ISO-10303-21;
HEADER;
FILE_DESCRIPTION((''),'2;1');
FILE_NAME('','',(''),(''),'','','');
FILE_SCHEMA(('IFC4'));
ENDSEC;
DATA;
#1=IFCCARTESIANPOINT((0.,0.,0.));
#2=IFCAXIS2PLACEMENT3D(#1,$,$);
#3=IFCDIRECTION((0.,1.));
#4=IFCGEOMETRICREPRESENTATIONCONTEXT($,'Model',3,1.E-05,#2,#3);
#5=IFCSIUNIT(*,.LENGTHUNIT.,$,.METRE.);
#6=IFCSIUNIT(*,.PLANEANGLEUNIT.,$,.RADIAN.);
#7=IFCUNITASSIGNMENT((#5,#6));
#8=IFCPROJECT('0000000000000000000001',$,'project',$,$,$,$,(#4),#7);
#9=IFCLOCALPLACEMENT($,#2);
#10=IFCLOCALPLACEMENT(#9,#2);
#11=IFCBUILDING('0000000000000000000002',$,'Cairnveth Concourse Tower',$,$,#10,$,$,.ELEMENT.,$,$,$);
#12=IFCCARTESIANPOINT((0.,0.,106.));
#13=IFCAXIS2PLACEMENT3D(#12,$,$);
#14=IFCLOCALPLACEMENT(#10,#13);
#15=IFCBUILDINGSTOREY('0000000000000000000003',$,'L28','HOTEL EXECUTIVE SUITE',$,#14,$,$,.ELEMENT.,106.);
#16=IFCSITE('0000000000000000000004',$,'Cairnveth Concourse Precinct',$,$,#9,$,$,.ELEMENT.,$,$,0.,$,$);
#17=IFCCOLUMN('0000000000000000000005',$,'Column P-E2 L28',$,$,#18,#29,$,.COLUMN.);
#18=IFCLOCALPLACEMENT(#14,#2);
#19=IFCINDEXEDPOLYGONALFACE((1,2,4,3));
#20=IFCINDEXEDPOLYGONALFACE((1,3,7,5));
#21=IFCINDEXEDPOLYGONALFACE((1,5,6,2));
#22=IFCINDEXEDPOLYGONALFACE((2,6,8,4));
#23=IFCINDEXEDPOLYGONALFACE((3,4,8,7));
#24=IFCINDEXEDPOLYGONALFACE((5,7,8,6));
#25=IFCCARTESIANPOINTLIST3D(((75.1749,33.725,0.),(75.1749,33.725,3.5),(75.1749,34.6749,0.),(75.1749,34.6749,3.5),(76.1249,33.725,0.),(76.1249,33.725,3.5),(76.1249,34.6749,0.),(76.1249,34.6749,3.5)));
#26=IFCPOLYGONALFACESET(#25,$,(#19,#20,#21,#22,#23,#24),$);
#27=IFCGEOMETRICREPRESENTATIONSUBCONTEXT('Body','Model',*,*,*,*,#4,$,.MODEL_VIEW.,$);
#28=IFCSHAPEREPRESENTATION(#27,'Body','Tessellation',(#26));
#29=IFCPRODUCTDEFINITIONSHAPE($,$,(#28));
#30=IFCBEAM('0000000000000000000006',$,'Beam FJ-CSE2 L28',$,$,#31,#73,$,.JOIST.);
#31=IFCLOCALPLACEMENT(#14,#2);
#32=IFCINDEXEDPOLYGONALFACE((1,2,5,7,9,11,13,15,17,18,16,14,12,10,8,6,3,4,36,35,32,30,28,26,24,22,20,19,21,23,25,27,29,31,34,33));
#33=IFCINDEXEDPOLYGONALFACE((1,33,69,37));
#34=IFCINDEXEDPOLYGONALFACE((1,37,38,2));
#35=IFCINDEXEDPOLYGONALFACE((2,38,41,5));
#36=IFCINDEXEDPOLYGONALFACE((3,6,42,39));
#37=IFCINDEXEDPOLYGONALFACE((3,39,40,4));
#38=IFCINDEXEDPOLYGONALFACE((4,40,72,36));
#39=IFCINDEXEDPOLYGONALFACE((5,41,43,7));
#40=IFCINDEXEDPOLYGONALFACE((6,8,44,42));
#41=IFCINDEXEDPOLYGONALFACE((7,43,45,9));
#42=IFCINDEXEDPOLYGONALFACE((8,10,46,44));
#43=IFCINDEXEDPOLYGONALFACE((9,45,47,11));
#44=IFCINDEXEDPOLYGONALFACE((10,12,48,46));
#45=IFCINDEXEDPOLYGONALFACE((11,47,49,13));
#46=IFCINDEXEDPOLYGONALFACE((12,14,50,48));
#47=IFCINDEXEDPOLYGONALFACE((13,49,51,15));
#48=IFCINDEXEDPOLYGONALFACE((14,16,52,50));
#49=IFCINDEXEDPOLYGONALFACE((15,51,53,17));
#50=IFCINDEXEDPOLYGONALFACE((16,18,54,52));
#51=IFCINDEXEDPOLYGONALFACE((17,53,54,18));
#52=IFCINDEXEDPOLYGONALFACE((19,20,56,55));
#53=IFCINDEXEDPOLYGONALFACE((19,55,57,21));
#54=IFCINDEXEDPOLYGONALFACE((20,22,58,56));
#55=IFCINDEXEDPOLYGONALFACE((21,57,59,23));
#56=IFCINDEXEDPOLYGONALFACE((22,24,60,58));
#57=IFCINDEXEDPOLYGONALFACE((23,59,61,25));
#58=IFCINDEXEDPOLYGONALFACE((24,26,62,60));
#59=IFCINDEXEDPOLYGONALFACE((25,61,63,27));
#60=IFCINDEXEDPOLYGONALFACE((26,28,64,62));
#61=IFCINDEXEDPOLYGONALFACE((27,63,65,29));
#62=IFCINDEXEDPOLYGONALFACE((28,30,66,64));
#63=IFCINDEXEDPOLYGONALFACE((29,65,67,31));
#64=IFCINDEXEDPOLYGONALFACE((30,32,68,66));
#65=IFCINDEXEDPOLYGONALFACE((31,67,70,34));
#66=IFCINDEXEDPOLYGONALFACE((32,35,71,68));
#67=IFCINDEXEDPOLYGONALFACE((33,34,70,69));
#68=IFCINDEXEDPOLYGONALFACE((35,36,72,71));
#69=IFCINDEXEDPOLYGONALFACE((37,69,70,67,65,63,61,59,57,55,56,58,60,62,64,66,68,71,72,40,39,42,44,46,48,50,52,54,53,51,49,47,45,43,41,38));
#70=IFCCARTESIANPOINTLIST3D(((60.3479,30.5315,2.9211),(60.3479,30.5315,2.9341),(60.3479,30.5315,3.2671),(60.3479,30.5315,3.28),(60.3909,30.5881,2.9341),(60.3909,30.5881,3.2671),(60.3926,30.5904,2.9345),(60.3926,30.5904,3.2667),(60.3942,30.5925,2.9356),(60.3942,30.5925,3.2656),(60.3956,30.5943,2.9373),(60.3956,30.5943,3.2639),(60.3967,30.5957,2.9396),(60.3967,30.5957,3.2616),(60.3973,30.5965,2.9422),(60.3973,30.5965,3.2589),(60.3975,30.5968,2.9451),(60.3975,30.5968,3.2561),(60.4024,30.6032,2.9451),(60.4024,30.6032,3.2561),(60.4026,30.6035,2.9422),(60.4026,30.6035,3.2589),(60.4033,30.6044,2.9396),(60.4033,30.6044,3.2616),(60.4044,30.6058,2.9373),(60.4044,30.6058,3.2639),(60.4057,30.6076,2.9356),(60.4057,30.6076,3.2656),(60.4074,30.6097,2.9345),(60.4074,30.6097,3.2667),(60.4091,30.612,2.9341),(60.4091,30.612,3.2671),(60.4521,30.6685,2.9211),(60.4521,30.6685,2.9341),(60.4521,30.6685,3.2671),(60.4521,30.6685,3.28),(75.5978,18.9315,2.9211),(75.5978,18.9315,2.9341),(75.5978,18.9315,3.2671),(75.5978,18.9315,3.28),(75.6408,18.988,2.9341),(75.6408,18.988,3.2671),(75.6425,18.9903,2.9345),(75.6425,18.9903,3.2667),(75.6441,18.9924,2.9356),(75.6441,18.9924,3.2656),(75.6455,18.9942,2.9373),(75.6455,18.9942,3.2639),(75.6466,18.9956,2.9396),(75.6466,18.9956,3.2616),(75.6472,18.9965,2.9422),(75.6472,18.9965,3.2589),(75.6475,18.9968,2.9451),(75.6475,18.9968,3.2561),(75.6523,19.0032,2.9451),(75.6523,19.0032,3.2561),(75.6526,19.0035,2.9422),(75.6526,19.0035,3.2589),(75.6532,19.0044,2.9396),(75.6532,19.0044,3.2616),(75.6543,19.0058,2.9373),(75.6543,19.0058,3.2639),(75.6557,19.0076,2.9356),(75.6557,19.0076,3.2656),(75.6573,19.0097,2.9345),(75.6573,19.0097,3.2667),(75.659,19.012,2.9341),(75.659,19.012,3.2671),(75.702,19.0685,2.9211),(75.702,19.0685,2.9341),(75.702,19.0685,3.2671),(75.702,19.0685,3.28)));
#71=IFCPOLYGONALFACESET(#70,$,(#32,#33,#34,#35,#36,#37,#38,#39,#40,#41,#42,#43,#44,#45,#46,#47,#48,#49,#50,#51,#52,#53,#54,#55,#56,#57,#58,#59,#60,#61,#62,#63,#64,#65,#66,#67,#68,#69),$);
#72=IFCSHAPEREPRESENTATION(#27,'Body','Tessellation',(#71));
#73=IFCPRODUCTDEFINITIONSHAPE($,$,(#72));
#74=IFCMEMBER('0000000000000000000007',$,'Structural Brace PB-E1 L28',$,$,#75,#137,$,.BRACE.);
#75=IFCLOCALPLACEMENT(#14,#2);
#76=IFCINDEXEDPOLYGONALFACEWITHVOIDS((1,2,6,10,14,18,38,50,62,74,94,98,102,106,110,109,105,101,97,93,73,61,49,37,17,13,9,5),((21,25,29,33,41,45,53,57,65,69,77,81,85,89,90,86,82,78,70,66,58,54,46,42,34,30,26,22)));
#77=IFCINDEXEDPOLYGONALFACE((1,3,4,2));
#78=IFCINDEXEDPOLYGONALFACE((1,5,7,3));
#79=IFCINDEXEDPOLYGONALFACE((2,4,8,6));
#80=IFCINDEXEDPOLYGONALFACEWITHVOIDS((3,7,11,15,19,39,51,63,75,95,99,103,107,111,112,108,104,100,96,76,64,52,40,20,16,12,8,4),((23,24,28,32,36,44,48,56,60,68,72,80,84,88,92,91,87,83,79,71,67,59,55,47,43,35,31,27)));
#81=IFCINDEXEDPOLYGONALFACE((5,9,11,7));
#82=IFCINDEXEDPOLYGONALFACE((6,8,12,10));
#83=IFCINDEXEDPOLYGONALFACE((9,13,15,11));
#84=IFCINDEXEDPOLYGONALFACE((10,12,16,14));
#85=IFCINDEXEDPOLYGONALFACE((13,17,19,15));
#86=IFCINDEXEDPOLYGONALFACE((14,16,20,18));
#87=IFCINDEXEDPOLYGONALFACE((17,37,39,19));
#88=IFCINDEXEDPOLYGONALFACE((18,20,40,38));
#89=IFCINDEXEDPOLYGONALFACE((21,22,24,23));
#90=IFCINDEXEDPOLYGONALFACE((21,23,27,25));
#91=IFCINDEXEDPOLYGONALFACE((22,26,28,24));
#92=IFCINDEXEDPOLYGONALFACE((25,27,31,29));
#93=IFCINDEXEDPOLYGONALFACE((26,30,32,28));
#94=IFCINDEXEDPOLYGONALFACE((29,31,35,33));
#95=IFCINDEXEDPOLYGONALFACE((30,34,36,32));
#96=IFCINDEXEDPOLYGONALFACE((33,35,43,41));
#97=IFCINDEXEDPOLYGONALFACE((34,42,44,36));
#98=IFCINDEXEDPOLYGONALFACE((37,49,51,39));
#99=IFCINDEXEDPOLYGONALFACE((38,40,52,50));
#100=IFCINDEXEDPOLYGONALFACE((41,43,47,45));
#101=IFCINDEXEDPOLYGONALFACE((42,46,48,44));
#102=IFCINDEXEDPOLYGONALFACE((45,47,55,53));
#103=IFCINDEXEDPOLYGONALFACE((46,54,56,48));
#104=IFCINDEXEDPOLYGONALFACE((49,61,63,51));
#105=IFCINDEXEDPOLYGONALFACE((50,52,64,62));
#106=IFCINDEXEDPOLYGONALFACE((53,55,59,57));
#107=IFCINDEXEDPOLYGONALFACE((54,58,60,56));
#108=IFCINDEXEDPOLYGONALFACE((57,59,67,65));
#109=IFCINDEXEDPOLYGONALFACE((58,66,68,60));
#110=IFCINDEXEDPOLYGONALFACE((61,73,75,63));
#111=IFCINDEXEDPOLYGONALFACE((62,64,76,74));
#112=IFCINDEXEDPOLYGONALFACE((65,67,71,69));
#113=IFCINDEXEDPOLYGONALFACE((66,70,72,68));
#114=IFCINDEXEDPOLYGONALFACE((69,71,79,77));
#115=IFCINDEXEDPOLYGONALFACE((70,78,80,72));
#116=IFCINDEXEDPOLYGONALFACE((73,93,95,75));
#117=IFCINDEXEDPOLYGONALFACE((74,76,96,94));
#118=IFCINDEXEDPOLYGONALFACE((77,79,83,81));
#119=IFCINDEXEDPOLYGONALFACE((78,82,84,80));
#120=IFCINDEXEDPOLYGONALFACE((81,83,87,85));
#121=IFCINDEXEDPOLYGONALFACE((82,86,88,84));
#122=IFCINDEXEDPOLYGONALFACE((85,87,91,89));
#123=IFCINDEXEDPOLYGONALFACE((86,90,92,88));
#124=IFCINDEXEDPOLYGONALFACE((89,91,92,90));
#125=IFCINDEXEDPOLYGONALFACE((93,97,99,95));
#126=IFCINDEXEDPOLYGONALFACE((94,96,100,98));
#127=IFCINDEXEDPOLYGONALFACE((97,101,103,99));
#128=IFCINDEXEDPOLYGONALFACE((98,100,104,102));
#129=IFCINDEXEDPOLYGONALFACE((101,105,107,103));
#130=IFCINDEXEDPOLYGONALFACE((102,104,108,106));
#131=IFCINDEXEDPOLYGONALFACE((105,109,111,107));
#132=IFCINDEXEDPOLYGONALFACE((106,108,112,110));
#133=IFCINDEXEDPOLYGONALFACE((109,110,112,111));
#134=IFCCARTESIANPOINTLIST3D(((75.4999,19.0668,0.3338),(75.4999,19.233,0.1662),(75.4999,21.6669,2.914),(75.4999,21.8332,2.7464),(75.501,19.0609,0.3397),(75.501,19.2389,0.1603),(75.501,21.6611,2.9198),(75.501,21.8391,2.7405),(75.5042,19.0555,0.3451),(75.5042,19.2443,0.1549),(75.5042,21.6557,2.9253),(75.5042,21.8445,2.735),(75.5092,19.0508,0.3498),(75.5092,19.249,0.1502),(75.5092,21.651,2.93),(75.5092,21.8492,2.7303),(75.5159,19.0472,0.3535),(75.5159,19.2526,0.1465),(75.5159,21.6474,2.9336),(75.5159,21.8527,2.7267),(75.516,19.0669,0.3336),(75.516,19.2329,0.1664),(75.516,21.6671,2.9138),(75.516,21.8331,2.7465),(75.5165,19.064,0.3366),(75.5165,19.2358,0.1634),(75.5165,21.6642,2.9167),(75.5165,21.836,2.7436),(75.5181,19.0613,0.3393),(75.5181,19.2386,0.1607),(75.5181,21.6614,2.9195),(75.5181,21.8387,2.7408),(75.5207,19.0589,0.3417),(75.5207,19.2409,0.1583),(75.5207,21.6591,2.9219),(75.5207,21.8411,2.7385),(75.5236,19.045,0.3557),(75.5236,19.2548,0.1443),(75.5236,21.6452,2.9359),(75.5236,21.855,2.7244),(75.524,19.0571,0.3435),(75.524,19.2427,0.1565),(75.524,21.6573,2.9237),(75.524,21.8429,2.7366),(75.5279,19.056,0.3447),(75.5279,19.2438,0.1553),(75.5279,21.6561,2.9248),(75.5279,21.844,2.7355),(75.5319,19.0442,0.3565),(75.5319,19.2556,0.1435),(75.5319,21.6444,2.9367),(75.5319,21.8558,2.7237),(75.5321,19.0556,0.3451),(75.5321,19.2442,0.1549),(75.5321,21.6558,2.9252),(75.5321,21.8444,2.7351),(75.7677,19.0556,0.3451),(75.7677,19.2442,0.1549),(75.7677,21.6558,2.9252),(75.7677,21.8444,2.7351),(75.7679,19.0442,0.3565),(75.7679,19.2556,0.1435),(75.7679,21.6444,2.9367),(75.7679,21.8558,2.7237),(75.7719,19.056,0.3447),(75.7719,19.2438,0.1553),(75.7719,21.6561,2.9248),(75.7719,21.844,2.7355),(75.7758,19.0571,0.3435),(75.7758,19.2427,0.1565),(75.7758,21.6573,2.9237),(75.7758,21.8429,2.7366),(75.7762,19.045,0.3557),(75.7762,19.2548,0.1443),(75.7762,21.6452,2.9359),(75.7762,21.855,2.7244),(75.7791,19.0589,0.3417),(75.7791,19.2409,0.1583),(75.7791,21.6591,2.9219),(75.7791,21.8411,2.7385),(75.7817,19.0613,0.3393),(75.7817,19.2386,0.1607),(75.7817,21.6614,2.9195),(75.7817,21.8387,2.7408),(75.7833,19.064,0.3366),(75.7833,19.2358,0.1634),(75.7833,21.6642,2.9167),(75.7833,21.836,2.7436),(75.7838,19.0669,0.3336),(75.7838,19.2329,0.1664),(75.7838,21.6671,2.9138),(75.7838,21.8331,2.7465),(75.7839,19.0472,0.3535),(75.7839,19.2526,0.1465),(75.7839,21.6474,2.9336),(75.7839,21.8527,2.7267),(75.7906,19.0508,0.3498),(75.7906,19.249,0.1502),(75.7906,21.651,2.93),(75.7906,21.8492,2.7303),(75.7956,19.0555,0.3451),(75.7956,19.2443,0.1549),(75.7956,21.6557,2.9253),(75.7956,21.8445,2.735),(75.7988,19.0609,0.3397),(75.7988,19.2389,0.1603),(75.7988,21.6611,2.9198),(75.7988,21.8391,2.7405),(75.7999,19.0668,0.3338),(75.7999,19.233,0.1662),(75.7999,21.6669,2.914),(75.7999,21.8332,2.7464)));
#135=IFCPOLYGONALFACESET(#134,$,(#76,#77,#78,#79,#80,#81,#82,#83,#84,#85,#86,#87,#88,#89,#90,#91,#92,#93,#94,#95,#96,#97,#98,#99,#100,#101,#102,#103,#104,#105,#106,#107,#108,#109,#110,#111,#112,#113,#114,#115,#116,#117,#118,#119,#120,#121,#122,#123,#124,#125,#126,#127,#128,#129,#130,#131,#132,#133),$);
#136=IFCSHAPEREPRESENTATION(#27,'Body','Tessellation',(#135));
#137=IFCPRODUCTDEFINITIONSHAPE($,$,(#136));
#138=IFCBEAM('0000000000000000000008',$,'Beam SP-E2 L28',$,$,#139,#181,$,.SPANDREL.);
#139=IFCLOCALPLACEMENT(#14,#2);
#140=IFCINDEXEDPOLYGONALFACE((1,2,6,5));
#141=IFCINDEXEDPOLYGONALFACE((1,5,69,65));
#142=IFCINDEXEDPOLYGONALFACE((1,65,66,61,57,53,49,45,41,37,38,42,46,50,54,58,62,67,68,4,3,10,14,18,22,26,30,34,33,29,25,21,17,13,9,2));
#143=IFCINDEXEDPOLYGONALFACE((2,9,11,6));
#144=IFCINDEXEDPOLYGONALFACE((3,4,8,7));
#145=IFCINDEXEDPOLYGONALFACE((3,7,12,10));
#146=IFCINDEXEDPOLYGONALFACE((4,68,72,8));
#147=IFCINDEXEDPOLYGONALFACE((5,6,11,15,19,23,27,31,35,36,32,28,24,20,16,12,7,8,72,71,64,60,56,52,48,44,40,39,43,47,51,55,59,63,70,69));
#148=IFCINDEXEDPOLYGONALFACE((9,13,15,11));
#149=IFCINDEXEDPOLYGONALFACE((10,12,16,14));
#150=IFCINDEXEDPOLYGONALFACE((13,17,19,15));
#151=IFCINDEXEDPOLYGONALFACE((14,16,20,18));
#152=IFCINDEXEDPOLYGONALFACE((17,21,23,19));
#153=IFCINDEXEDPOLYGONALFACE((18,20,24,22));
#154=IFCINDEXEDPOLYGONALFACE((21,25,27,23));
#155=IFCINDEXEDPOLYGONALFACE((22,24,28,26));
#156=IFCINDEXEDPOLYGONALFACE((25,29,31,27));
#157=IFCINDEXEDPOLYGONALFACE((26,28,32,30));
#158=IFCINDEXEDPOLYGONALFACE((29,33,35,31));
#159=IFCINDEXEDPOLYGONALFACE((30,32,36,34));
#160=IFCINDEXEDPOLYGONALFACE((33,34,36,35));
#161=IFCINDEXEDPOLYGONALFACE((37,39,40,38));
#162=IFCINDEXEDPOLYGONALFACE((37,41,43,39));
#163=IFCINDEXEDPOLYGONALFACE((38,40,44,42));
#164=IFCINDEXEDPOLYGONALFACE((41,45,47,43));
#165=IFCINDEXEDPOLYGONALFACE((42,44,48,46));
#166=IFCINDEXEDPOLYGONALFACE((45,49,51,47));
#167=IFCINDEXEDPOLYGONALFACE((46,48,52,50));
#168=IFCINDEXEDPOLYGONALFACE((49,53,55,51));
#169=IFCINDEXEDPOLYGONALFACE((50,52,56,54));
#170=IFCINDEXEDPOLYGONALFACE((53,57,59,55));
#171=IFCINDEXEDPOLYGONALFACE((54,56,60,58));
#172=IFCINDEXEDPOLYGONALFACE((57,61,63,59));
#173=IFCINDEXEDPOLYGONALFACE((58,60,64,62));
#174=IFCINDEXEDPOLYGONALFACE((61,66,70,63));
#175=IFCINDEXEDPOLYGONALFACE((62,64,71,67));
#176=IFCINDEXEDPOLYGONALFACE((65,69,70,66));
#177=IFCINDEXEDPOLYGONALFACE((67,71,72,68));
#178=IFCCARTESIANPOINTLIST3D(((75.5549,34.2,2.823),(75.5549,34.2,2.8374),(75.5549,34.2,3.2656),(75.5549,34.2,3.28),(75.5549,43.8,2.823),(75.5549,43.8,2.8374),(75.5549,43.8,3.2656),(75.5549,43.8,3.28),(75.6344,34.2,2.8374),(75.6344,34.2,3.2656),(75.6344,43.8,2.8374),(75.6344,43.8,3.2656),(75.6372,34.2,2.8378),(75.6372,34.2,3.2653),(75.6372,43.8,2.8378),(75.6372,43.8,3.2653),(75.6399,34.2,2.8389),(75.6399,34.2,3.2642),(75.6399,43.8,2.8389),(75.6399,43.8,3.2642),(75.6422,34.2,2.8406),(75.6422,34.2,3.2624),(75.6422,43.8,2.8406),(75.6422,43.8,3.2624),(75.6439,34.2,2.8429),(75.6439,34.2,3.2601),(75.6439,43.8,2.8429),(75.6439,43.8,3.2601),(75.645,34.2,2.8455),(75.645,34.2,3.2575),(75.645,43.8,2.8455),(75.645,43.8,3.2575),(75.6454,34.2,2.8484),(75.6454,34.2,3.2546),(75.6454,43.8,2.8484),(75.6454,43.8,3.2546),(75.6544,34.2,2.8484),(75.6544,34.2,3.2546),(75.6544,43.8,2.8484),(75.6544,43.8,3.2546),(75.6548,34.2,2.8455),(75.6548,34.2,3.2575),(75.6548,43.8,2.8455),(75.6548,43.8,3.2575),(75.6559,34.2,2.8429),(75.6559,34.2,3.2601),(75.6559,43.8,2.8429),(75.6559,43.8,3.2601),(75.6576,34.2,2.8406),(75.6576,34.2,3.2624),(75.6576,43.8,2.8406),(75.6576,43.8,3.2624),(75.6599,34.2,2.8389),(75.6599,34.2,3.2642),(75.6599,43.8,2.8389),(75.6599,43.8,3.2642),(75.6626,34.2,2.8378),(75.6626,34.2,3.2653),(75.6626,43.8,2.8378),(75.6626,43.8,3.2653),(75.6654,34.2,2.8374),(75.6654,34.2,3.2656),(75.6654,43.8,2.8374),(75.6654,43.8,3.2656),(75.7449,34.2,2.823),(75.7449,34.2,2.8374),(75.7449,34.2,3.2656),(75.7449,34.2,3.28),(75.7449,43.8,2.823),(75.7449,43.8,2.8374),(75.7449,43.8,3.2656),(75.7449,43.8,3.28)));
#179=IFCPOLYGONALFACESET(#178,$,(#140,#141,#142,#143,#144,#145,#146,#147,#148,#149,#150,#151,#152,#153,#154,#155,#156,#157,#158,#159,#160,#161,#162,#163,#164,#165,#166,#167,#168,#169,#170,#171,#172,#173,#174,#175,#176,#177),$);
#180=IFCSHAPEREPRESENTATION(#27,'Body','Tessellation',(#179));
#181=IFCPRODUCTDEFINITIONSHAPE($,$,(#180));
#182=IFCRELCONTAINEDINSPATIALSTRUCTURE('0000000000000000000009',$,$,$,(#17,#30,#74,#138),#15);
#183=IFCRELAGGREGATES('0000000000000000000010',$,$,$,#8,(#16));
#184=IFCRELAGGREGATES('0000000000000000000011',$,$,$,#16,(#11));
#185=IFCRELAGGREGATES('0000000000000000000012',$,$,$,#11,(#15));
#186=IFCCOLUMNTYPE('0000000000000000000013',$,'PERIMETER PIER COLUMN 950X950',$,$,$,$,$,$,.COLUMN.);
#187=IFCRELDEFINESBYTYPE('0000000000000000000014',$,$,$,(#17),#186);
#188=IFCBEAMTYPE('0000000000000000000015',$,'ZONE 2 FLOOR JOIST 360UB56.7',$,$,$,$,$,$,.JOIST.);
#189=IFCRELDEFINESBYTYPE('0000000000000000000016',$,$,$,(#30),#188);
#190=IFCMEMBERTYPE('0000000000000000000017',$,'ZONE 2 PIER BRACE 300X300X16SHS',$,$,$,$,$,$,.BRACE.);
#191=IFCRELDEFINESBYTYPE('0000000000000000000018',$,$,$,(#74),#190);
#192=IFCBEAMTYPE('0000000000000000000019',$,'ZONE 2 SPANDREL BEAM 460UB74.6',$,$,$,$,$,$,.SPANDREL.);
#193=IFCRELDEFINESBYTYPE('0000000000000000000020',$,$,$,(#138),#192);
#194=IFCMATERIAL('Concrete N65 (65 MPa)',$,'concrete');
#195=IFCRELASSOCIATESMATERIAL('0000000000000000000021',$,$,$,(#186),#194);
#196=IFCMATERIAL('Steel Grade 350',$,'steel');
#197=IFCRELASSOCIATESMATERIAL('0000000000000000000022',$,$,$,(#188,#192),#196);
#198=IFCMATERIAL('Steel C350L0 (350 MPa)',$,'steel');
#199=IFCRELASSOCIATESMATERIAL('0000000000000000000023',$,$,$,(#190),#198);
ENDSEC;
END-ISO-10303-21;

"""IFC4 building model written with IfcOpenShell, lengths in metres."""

from ifc_helpers import new_model, si_unit, direction, frame, origin, origin_2d, place, context, subcontext, project, spatial, rectangle, hollow_rectangle, i_section, extrude, material, material_profile, profile_set, type_object, element, save


model = new_model("IFC4")

# Units and contexts
model_context = context("Model", 3, precision=1e-05, world=origin(), true_north=direction((0.0, 1.0)))
body_context = subcontext(model_context, "Body", "Model", "MODEL_VIEW")
ifc_project = project(units=[si_unit("LENGTHUNIT", "METRE"), si_unit("PLANEANGLEUNIT", "RADIAN")], contexts=[model_context])

# Site, building, storey
site_placement = place(None, origin())
site = spatial("IfcSite", under=ifc_project, at=site_placement, Name="Cairnveth Concourse Precinct", CompositionType="ELEMENT", RefElevation=0.0)
building_placement = place(site_placement, origin())
building = spatial("IfcBuilding", under=site, at=building_placement, Name="Cairnveth Concourse Tower", CompositionType="ELEMENT")
storey_placement = place(building_placement, frame((0.0, 0.0, 106.0)))
storey = spatial("IfcBuildingStorey", under=building, at=storey_placement, Name="L28", Description="HOTEL EXECUTIVE SUITE", CompositionType="ELEMENT", Elevation=106.0)

# Column
ifc_material_1 = material(Name="Concrete N65 (65 MPa)", Category="concrete")
ifc_material_profile_1 = material_profile(ifc_material_1, rectangle(XDim=0.95, YDim=0.95, at=origin_2d()), Name="RC-COL-950x950")
ifc_profile_set_1 = profile_set([ifc_material_profile_1], Name="Concrete N65 (65 MPa)")
column_type = type_object("IfcColumnType", Name="PERIMETER PIER COLUMN 950X950", PredefinedType="COLUMN", material=ifc_profile_set_1)
column_placement = place(storey_placement, frame((75.6499, 34.2, 0.0), z_axis=(0.0, 0.0, 1.0), x_axis=(0.0, 1.0, 0.0)))
element("IfcColumn", 1, at=column_placement, inside=storey, type_object=column_type, Name="Column P-E2 L28", PredefinedType="COLUMN", context=body_context, shape_type="SweptSolid", body=[
    extrude(rectangle(XDim=0.95, YDim=0.95, at=origin_2d()), origin(), (0.0, 0.0, 1.0), 3.5),
])

# Beam
ifc_material_2 = material(Name="Steel Grade 350", Category="steel")
ifc_material_profile_2 = material_profile(ifc_material_2, i_section(OverallWidth=0.1721, OverallDepth=0.3589, WebThickness=0.0081, FlangeThickness=0.0129, FilletRadius=0.011, at=origin_2d()), Name="360UB56.7")
ifc_profile_set_2 = profile_set([ifc_material_profile_2], Name="Steel Grade 350")
beam_type_1 = type_object("IfcBeamType", Name="ZONE 2 FLOOR JOIST 360UB56.7", PredefinedType="JOIST", material=ifc_profile_set_2)
beam_1_placement = place(storey_placement, frame((75.6499, 19.0, 3.1006), z_axis=(-0.795908, 0.605417, 0.0), x_axis=(-0.605417, -0.795908, 0.0)))
element("IfcBeam", 2, at=beam_1_placement, inside=storey, type_object=beam_type_1, Name="Beam FJ-CSE2 L28", PredefinedType="JOIST", context=body_context, shape_type="SweptSolid", body=[
    extrude(i_section(OverallWidth=0.1721, OverallDepth=0.3589, WebThickness=0.0081, FlangeThickness=0.0129, FilletRadius=0.011, at=origin_2d()), origin(), (0.0, 0.0, 1.0), 19.1604),
])

# Member
ifc_material_3 = material(Name="Steel C350L0 (350 MPa)", Category="steel")
ifc_material_profile_3 = material_profile(ifc_material_3, hollow_rectangle(XDim=0.3, YDim=0.3, WallThickness=0.0161, InnerFilletRadius=0.0161, OuterFilletRadius=0.032, at=origin_2d()), Name="300x300x16.0SHS")
ifc_profile_set_3 = profile_set([ifc_material_profile_3], Name="Steel C350L0 (350 MPa)")
member_type = type_object("IfcMemberType", Name="ZONE 2 PIER BRACE 300X300X16SHS", PredefinedType="BRACE", material=ifc_profile_set_3)
member_placement = place(storey_placement, frame((75.6499, 19.1499, 0.25), z_axis=(0.0, 0.709834, 0.704369), x_axis=(-1.0, 0.0, 0.0)))
element("IfcMember", 3, at=member_placement, inside=storey, type_object=member_type, Name="Structural Brace PB-E1 L28", PredefinedType="BRACE", context=body_context, shape_type="SweptSolid", body=[
    extrude(hollow_rectangle(XDim=0.3, YDim=0.3, WallThickness=0.0161, InnerFilletRadius=0.0161, OuterFilletRadius=0.032, at=origin_2d()), origin(), (0.0, 0.0, 1.0), 3.6631),
])

# Beam
ifc_material_profile_4 = material_profile(ifc_material_2, i_section(OverallWidth=0.1899, OverallDepth=0.457, WebThickness=0.009, FlangeThickness=0.0144, FilletRadius=0.011, at=origin_2d()), Name="460UB74.6")
ifc_profile_set_4 = profile_set([ifc_material_profile_4], Name="Steel Grade 350")
beam_type_2 = type_object("IfcBeamType", Name="ZONE 2 SPANDREL BEAM 460UB74.6", PredefinedType="SPANDREL", material=ifc_profile_set_4)
beam_2_placement = place(storey_placement, frame((75.6499, 34.2, 3.0515), z_axis=(0.0, 1.0, 0.0), x_axis=(-1.0, 0.0, 0.0)))
element("IfcBeam", 4, at=beam_2_placement, inside=storey, type_object=beam_type_2, Name="Beam SP-E2 L28", PredefinedType="SPANDREL", context=body_context, shape_type="SweptSolid", body=[
    extrude(i_section(OverallWidth=0.1899, OverallDepth=0.457, WebThickness=0.009, FlangeThickness=0.0144, FilletRadius=0.011, at=origin_2d()), origin(), (0.0, 0.0, 1.0), 9.6001),
])

save(model, "model.ifc")
